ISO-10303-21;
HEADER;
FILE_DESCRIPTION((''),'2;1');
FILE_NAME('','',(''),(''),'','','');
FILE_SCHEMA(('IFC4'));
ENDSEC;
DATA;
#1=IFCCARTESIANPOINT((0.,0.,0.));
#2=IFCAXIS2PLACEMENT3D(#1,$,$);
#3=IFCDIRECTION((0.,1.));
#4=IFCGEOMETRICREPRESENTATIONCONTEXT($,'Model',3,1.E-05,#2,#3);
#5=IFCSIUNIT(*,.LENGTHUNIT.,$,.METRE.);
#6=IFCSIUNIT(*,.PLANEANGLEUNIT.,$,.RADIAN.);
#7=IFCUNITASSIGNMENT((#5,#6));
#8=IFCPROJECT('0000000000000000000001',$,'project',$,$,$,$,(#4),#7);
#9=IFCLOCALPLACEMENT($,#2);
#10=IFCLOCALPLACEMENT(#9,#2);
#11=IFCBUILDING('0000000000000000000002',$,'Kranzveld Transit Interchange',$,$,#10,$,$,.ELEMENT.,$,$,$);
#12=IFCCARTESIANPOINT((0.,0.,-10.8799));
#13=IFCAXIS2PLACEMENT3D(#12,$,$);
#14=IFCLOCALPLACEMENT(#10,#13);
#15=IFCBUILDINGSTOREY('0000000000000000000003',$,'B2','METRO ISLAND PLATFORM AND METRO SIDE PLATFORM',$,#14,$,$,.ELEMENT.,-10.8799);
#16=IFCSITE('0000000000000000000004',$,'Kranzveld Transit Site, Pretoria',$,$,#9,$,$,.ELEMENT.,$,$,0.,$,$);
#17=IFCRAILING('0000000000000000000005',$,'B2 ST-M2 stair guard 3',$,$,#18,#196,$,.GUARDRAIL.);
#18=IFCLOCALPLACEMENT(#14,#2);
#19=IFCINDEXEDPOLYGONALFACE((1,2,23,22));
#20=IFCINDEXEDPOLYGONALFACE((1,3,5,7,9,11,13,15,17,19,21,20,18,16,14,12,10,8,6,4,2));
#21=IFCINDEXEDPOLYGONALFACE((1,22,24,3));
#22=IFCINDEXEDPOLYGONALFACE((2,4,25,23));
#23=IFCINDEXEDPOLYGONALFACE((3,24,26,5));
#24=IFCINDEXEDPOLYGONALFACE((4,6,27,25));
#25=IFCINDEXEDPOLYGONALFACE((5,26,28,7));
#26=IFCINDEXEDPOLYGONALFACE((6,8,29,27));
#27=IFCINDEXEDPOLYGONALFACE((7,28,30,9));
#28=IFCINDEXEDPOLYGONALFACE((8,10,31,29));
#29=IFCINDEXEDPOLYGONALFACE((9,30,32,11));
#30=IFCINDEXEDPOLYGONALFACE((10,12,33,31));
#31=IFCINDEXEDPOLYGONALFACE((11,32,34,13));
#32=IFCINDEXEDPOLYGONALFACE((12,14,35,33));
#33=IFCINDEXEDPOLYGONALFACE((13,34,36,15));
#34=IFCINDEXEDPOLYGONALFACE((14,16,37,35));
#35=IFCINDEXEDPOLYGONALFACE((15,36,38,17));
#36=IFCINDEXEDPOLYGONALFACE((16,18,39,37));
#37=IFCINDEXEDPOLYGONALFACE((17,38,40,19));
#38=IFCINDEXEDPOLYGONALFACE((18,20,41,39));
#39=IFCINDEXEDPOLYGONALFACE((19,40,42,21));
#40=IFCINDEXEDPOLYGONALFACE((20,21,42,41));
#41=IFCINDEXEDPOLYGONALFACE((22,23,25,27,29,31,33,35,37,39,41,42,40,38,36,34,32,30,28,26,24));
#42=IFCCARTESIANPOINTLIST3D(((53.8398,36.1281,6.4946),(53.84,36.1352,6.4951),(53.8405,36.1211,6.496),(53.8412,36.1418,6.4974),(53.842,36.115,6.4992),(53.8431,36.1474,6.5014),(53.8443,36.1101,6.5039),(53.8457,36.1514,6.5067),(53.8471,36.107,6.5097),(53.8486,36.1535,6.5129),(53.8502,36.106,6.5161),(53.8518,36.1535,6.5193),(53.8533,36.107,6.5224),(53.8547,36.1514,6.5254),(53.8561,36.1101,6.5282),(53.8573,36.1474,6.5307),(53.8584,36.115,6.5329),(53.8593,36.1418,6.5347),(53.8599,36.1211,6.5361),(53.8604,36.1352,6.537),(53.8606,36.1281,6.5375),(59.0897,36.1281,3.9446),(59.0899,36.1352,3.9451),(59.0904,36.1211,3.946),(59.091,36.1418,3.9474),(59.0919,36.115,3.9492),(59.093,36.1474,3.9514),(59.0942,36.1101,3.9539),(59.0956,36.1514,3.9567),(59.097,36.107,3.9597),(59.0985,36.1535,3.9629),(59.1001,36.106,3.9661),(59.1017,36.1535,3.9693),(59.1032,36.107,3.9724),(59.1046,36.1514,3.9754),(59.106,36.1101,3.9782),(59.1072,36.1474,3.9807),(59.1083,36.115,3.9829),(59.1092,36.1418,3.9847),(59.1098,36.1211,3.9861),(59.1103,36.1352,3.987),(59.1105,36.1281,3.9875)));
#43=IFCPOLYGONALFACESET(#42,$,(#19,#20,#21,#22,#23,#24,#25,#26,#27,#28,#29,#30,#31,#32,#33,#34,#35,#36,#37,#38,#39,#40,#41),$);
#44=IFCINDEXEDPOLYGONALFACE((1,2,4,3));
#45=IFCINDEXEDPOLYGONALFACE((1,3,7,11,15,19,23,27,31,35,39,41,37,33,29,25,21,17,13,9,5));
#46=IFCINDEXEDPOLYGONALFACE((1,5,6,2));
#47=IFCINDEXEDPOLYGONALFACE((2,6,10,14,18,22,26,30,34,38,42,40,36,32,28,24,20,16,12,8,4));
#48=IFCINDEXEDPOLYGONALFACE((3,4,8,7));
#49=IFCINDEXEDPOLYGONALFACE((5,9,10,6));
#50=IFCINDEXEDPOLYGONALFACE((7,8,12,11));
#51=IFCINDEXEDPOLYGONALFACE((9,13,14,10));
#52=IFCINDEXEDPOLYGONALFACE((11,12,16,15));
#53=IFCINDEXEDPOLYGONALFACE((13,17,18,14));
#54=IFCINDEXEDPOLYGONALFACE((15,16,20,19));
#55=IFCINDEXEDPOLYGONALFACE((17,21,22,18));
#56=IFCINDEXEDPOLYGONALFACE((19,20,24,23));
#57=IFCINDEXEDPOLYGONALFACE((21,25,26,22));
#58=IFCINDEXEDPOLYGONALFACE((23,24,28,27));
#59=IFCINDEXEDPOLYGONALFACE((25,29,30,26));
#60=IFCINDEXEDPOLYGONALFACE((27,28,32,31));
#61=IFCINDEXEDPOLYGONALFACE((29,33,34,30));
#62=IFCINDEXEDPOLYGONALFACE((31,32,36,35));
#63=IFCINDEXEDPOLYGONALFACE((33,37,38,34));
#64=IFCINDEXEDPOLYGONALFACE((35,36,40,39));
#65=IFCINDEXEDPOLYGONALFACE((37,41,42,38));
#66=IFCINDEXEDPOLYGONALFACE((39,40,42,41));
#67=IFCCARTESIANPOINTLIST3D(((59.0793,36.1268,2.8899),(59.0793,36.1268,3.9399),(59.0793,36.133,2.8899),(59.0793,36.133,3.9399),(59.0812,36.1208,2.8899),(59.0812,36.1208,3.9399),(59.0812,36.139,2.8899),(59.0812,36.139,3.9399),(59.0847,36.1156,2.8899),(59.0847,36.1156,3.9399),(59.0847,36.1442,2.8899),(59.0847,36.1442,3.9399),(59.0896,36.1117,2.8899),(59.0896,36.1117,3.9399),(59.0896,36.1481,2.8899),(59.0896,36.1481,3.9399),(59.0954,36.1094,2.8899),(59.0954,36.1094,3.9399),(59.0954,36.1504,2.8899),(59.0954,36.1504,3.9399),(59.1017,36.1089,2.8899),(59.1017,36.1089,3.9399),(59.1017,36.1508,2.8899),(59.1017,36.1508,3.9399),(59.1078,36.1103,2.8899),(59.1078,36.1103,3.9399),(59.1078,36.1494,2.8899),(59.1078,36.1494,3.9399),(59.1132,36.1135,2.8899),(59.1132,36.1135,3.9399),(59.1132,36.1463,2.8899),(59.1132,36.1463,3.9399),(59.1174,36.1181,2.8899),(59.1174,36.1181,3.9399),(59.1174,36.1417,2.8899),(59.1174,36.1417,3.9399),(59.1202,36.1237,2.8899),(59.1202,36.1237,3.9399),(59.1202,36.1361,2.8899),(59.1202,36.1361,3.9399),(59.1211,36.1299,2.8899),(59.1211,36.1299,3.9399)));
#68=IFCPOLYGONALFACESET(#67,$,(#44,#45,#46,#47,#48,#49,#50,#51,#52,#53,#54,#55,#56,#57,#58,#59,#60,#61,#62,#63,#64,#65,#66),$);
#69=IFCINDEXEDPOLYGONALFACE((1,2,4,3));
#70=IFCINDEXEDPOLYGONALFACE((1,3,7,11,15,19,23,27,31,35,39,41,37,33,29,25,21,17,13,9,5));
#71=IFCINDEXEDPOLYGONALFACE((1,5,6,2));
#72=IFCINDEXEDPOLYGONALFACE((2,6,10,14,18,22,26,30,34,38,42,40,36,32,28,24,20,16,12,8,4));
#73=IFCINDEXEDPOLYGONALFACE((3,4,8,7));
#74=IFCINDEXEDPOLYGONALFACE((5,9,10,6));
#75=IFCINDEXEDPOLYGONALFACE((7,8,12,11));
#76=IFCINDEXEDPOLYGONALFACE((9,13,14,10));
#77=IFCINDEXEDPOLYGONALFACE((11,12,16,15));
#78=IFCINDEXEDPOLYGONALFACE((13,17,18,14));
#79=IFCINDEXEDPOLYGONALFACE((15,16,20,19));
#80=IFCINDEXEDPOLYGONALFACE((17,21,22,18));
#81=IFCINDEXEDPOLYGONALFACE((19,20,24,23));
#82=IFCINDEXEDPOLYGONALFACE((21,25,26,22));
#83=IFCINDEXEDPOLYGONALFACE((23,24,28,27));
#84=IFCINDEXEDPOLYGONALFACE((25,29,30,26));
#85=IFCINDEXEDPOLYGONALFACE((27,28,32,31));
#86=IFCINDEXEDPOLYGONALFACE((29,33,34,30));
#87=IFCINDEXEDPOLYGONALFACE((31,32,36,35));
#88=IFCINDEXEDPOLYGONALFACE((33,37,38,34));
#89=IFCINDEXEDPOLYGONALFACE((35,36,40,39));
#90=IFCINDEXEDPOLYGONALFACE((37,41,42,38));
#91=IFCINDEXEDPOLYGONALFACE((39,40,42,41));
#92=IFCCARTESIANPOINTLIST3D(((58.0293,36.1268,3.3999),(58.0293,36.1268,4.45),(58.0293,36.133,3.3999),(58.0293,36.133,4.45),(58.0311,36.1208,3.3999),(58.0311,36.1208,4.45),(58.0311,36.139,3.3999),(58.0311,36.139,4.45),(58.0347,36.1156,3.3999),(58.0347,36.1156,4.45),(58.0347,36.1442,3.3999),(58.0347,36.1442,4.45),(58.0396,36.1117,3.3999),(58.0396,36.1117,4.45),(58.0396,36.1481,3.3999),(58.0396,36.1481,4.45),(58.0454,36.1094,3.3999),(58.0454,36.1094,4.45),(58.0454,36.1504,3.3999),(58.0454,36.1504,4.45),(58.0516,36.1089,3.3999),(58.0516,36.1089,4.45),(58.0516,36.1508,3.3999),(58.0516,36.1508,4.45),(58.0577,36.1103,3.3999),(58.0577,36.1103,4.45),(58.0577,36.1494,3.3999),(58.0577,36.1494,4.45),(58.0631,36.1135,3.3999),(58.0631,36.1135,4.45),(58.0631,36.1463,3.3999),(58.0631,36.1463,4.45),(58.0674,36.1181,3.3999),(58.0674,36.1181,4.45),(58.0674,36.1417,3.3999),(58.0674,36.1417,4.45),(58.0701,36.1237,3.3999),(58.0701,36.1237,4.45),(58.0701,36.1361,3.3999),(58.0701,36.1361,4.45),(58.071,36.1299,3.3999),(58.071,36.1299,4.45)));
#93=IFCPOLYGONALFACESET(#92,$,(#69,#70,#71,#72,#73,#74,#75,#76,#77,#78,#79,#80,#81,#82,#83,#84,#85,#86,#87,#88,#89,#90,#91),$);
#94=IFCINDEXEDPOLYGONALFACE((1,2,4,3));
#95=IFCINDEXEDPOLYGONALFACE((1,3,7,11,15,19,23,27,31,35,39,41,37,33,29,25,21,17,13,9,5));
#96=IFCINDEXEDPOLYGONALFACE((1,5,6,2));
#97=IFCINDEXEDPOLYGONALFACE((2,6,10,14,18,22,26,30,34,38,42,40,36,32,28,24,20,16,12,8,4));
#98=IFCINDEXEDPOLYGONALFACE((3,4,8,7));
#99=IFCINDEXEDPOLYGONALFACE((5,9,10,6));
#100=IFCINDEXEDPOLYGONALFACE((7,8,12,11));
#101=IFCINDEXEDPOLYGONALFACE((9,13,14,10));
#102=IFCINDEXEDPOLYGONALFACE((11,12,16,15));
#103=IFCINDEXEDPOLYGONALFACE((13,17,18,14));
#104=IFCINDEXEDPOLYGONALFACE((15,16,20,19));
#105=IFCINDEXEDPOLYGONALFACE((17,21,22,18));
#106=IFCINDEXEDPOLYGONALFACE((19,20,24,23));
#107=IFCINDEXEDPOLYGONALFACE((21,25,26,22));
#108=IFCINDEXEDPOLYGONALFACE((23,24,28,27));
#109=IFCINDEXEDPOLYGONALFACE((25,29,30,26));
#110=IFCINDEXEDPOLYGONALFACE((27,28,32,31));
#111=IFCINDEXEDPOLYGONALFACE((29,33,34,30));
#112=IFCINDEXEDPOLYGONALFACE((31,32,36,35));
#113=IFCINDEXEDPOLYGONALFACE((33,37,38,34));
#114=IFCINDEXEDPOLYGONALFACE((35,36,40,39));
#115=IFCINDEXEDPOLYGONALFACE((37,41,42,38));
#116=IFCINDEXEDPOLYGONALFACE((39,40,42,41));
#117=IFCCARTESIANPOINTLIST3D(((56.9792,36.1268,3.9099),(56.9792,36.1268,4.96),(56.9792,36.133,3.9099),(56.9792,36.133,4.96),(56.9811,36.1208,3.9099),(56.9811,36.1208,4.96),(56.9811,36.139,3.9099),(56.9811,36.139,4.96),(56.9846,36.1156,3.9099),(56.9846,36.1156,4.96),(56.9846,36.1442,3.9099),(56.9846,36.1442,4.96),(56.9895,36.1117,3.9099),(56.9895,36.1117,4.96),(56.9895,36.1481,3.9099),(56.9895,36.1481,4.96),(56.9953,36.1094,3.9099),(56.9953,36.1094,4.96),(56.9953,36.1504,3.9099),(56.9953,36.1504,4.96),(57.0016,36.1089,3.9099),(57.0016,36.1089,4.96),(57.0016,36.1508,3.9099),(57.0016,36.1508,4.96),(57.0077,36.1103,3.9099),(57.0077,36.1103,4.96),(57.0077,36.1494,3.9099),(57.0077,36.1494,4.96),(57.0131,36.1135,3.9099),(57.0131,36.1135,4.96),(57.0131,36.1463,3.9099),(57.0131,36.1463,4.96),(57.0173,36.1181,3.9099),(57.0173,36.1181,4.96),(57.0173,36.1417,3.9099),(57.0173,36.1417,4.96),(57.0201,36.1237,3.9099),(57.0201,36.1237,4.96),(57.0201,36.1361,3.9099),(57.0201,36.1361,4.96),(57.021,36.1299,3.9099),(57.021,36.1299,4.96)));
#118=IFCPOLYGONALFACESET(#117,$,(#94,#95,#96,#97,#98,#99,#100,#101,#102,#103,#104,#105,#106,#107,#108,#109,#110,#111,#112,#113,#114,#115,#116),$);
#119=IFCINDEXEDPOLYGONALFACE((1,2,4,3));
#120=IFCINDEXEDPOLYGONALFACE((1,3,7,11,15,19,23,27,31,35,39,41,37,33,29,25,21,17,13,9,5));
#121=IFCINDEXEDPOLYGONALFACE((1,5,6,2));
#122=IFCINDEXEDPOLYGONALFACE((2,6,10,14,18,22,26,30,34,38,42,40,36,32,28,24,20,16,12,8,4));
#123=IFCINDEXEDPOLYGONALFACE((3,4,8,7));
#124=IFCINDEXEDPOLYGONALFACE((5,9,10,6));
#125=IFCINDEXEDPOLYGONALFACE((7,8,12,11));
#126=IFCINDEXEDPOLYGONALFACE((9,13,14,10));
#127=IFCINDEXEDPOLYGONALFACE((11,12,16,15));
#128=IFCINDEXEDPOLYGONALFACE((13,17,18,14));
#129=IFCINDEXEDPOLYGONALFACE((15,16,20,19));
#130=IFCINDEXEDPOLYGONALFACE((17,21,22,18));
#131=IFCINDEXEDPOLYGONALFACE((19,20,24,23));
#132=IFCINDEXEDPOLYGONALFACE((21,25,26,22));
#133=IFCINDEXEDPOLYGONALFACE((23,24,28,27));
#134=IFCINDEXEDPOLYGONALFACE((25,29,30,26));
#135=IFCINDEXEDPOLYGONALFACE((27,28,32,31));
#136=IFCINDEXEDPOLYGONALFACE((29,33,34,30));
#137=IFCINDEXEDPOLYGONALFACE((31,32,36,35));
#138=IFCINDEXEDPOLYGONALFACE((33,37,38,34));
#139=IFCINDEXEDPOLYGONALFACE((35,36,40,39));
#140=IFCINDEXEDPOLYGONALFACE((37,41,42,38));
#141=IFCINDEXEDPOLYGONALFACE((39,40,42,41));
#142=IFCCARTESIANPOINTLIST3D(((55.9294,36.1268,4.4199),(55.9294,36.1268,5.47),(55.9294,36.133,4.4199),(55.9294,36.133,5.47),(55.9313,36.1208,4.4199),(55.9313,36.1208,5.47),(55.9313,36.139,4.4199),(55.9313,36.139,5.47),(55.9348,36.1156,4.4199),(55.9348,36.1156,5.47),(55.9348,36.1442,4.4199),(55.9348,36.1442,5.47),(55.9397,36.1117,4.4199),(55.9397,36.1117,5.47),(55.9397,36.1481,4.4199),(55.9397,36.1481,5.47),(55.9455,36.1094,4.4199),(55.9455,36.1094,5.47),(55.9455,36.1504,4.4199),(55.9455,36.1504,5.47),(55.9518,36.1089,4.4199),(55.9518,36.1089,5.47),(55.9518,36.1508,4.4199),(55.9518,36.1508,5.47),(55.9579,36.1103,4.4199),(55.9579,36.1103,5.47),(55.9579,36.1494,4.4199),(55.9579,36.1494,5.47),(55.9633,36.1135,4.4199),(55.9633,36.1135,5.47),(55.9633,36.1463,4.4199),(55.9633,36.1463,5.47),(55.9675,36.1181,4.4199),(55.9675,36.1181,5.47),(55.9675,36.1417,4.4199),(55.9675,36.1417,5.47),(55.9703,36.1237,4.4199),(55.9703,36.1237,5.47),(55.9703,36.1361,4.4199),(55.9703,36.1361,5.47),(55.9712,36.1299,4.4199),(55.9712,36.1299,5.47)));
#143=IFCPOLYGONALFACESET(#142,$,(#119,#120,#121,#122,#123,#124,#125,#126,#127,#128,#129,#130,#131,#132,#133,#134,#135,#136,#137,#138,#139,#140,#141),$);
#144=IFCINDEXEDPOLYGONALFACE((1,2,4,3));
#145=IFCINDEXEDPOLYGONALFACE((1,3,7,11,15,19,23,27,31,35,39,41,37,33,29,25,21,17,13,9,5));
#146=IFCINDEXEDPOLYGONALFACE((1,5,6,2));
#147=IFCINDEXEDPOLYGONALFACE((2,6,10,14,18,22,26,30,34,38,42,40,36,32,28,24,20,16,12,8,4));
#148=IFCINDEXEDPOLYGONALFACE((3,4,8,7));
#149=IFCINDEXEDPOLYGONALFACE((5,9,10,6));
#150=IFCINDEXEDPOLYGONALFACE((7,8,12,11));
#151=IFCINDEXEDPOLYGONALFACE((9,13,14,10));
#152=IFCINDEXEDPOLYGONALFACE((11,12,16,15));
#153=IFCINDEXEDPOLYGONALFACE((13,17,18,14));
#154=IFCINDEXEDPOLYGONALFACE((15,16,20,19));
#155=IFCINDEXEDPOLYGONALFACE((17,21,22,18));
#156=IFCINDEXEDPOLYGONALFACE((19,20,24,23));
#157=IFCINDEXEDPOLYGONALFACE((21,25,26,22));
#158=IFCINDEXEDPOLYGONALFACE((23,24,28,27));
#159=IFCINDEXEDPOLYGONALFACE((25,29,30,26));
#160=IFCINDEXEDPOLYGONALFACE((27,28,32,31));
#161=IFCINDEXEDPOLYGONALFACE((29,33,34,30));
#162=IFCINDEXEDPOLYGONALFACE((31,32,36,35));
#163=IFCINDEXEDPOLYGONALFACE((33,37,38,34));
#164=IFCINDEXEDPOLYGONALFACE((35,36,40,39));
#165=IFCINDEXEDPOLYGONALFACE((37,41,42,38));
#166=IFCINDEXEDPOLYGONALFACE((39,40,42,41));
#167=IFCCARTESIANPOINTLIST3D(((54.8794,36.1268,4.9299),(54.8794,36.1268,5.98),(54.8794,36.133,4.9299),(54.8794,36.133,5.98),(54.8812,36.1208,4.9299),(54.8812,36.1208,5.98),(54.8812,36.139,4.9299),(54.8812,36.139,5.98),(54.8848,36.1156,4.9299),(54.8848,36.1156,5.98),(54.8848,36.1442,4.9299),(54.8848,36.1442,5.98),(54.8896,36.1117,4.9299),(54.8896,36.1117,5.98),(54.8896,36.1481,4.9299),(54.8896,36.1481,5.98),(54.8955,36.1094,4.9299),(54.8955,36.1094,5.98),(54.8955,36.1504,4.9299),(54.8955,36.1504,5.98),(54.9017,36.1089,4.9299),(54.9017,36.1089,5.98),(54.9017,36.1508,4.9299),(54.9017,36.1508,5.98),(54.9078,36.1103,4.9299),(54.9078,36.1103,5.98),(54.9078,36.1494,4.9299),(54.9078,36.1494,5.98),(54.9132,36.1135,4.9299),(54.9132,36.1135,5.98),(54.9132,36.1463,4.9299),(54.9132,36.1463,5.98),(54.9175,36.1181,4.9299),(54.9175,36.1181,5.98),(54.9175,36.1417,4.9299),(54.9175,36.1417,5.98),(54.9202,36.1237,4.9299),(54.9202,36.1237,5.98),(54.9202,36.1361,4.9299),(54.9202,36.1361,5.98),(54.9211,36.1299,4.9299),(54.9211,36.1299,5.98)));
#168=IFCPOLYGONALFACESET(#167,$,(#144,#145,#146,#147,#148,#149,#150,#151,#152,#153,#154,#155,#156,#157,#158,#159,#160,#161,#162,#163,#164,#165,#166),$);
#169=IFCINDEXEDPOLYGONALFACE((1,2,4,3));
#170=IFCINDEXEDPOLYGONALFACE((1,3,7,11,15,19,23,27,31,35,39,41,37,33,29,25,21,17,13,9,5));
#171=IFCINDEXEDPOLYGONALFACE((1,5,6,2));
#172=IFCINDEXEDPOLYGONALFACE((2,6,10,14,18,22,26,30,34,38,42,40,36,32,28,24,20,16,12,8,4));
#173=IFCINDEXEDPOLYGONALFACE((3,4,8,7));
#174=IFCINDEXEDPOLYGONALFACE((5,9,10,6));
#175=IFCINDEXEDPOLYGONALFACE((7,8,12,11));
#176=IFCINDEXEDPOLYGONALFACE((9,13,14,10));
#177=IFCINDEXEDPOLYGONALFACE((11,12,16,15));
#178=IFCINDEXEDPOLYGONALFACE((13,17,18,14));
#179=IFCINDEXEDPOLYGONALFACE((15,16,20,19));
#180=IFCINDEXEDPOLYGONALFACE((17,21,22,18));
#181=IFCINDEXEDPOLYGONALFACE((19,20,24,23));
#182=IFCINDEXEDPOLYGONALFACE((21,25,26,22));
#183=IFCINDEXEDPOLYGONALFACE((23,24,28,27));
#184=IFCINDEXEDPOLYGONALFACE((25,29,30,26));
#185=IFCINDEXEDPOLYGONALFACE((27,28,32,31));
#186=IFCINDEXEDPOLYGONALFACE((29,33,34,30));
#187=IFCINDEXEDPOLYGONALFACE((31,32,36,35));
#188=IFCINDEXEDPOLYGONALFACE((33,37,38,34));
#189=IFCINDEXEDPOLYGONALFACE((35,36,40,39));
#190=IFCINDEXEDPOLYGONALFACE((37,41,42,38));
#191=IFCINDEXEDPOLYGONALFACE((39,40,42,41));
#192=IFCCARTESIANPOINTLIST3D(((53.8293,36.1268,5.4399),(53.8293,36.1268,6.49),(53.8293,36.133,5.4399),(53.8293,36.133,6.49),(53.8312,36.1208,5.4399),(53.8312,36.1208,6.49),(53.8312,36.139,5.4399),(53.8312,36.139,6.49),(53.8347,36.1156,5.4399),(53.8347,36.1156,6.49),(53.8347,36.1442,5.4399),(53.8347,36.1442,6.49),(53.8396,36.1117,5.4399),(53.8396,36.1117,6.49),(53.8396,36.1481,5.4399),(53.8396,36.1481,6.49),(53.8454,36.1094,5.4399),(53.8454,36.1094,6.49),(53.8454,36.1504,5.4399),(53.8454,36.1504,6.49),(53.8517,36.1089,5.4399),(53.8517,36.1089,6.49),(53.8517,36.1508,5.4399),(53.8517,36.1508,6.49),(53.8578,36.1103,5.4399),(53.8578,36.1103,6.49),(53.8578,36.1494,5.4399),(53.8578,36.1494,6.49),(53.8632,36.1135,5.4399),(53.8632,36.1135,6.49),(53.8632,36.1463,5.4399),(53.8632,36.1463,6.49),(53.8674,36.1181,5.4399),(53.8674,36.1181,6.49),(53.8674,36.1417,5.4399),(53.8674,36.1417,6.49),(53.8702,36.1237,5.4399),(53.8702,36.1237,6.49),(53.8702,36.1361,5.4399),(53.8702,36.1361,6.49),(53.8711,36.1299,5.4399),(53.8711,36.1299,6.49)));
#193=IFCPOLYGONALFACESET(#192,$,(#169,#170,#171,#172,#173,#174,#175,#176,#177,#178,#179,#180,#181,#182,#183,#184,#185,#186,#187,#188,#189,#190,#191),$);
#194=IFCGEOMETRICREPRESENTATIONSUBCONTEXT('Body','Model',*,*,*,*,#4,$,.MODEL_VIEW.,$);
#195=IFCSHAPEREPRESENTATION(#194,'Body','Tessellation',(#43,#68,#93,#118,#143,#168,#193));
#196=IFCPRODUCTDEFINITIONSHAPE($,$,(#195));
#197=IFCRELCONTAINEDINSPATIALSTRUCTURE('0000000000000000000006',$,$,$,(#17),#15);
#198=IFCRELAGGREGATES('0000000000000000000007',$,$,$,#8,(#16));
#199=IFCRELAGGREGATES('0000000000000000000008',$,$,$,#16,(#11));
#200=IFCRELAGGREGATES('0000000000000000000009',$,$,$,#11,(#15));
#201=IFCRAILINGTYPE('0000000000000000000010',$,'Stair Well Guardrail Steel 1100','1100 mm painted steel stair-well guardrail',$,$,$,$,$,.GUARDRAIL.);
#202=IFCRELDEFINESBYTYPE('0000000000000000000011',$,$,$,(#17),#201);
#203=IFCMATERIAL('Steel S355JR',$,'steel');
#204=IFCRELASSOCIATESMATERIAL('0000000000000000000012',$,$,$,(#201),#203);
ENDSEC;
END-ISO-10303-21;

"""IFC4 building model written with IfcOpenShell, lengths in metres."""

from ifc_helpers import new_model, si_unit, direction, frame, origin, origin_2d, place, context, subcontext, project, spatial, circle, extrude, material, type_object, element, save


model = new_model("IFC4")

# Units and contexts
model_context = context("Model", 3, precision=1e-05, world=origin(), true_north=direction((0.0, 1.0)))
body_context = subcontext(model_context, "Body", "Model", "MODEL_VIEW")
ifc_project = project(units=[si_unit("LENGTHUNIT", "METRE"), si_unit("PLANEANGLEUNIT", "RADIAN")], contexts=[model_context])

# Site, building, storey
site_placement = place(None, origin())
site = spatial("IfcSite", under=ifc_project, at=site_placement, Name="Kranzveld Transit Site, Pretoria", CompositionType="ELEMENT", RefElevation=0.0)
building_placement = place(site_placement, origin())
building = spatial("IfcBuilding", under=site, at=building_placement, Name="Kranzveld Transit Interchange", CompositionType="ELEMENT")
storey_placement = place(building_placement, frame((0.0, 0.0, -10.8799)))
storey = spatial("IfcBuildingStorey", under=building, at=storey_placement, Name="B2", Description="METRO ISLAND PLATFORM AND METRO SIDE PLATFORM", CompositionType="ELEMENT", Elevation=-10.8799)

# Railing
ifc_material_1 = material(Name="Steel S355JR", Category="steel")
railing_type_1 = type_object("IfcRailingType", Name="Stair Well Guardrail Steel 1100", Description="1100 mm painted steel stair-well guardrail", PredefinedType="GUARDRAIL", material=ifc_material_1)
railing_1_placement = place(storey_placement, frame((59.1001, 36.1299, 2.8899)))
element("IfcRailing", 1, at=railing_1_placement, inside=storey, type_object=railing_type_1, Name="B2 ST-M2 stair guard 3", PredefinedType="GUARDRAIL", context=body_context, shape_type="SweptSolid", body=[
    extrude(circle(Radius=0.0239, at=origin_2d()), frame((0.0, 0.0, 1.0762), z_axis=(-0.899505, 0.0, 0.436911), x_axis=(0.0, -1.0, 0.0)), (0.0, 0.0, 1.0), 5.8364),
    extrude(circle(Radius=0.021, at=origin_2d()), origin(), (0.0, 0.0, 1.0), 1.05),
    extrude(circle(Radius=0.021, at=origin_2d()), frame((-1.05, 0.0, 0.51)), (0.0, 0.0, 1.0), 1.05),
    extrude(circle(Radius=0.021, at=origin_2d()), frame((-2.1001, 0.0, 1.02)), (0.0, 0.0, 1.0), 1.05),
    extrude(circle(Radius=0.021, at=origin_2d()), frame((-3.1499, 0.0, 1.53)), (0.0, 0.0, 1.0), 1.05),
    extrude(circle(Radius=0.021, at=origin_2d()), frame((-4.2, 0.0, 2.04)), (0.0, 0.0, 1.0), 1.05),
    extrude(circle(Radius=0.021, at=origin_2d()), frame((-5.25, 0.0, 2.55)), (0.0, 0.0, 1.0), 1.05),
])

save(model, "model.ifc")
